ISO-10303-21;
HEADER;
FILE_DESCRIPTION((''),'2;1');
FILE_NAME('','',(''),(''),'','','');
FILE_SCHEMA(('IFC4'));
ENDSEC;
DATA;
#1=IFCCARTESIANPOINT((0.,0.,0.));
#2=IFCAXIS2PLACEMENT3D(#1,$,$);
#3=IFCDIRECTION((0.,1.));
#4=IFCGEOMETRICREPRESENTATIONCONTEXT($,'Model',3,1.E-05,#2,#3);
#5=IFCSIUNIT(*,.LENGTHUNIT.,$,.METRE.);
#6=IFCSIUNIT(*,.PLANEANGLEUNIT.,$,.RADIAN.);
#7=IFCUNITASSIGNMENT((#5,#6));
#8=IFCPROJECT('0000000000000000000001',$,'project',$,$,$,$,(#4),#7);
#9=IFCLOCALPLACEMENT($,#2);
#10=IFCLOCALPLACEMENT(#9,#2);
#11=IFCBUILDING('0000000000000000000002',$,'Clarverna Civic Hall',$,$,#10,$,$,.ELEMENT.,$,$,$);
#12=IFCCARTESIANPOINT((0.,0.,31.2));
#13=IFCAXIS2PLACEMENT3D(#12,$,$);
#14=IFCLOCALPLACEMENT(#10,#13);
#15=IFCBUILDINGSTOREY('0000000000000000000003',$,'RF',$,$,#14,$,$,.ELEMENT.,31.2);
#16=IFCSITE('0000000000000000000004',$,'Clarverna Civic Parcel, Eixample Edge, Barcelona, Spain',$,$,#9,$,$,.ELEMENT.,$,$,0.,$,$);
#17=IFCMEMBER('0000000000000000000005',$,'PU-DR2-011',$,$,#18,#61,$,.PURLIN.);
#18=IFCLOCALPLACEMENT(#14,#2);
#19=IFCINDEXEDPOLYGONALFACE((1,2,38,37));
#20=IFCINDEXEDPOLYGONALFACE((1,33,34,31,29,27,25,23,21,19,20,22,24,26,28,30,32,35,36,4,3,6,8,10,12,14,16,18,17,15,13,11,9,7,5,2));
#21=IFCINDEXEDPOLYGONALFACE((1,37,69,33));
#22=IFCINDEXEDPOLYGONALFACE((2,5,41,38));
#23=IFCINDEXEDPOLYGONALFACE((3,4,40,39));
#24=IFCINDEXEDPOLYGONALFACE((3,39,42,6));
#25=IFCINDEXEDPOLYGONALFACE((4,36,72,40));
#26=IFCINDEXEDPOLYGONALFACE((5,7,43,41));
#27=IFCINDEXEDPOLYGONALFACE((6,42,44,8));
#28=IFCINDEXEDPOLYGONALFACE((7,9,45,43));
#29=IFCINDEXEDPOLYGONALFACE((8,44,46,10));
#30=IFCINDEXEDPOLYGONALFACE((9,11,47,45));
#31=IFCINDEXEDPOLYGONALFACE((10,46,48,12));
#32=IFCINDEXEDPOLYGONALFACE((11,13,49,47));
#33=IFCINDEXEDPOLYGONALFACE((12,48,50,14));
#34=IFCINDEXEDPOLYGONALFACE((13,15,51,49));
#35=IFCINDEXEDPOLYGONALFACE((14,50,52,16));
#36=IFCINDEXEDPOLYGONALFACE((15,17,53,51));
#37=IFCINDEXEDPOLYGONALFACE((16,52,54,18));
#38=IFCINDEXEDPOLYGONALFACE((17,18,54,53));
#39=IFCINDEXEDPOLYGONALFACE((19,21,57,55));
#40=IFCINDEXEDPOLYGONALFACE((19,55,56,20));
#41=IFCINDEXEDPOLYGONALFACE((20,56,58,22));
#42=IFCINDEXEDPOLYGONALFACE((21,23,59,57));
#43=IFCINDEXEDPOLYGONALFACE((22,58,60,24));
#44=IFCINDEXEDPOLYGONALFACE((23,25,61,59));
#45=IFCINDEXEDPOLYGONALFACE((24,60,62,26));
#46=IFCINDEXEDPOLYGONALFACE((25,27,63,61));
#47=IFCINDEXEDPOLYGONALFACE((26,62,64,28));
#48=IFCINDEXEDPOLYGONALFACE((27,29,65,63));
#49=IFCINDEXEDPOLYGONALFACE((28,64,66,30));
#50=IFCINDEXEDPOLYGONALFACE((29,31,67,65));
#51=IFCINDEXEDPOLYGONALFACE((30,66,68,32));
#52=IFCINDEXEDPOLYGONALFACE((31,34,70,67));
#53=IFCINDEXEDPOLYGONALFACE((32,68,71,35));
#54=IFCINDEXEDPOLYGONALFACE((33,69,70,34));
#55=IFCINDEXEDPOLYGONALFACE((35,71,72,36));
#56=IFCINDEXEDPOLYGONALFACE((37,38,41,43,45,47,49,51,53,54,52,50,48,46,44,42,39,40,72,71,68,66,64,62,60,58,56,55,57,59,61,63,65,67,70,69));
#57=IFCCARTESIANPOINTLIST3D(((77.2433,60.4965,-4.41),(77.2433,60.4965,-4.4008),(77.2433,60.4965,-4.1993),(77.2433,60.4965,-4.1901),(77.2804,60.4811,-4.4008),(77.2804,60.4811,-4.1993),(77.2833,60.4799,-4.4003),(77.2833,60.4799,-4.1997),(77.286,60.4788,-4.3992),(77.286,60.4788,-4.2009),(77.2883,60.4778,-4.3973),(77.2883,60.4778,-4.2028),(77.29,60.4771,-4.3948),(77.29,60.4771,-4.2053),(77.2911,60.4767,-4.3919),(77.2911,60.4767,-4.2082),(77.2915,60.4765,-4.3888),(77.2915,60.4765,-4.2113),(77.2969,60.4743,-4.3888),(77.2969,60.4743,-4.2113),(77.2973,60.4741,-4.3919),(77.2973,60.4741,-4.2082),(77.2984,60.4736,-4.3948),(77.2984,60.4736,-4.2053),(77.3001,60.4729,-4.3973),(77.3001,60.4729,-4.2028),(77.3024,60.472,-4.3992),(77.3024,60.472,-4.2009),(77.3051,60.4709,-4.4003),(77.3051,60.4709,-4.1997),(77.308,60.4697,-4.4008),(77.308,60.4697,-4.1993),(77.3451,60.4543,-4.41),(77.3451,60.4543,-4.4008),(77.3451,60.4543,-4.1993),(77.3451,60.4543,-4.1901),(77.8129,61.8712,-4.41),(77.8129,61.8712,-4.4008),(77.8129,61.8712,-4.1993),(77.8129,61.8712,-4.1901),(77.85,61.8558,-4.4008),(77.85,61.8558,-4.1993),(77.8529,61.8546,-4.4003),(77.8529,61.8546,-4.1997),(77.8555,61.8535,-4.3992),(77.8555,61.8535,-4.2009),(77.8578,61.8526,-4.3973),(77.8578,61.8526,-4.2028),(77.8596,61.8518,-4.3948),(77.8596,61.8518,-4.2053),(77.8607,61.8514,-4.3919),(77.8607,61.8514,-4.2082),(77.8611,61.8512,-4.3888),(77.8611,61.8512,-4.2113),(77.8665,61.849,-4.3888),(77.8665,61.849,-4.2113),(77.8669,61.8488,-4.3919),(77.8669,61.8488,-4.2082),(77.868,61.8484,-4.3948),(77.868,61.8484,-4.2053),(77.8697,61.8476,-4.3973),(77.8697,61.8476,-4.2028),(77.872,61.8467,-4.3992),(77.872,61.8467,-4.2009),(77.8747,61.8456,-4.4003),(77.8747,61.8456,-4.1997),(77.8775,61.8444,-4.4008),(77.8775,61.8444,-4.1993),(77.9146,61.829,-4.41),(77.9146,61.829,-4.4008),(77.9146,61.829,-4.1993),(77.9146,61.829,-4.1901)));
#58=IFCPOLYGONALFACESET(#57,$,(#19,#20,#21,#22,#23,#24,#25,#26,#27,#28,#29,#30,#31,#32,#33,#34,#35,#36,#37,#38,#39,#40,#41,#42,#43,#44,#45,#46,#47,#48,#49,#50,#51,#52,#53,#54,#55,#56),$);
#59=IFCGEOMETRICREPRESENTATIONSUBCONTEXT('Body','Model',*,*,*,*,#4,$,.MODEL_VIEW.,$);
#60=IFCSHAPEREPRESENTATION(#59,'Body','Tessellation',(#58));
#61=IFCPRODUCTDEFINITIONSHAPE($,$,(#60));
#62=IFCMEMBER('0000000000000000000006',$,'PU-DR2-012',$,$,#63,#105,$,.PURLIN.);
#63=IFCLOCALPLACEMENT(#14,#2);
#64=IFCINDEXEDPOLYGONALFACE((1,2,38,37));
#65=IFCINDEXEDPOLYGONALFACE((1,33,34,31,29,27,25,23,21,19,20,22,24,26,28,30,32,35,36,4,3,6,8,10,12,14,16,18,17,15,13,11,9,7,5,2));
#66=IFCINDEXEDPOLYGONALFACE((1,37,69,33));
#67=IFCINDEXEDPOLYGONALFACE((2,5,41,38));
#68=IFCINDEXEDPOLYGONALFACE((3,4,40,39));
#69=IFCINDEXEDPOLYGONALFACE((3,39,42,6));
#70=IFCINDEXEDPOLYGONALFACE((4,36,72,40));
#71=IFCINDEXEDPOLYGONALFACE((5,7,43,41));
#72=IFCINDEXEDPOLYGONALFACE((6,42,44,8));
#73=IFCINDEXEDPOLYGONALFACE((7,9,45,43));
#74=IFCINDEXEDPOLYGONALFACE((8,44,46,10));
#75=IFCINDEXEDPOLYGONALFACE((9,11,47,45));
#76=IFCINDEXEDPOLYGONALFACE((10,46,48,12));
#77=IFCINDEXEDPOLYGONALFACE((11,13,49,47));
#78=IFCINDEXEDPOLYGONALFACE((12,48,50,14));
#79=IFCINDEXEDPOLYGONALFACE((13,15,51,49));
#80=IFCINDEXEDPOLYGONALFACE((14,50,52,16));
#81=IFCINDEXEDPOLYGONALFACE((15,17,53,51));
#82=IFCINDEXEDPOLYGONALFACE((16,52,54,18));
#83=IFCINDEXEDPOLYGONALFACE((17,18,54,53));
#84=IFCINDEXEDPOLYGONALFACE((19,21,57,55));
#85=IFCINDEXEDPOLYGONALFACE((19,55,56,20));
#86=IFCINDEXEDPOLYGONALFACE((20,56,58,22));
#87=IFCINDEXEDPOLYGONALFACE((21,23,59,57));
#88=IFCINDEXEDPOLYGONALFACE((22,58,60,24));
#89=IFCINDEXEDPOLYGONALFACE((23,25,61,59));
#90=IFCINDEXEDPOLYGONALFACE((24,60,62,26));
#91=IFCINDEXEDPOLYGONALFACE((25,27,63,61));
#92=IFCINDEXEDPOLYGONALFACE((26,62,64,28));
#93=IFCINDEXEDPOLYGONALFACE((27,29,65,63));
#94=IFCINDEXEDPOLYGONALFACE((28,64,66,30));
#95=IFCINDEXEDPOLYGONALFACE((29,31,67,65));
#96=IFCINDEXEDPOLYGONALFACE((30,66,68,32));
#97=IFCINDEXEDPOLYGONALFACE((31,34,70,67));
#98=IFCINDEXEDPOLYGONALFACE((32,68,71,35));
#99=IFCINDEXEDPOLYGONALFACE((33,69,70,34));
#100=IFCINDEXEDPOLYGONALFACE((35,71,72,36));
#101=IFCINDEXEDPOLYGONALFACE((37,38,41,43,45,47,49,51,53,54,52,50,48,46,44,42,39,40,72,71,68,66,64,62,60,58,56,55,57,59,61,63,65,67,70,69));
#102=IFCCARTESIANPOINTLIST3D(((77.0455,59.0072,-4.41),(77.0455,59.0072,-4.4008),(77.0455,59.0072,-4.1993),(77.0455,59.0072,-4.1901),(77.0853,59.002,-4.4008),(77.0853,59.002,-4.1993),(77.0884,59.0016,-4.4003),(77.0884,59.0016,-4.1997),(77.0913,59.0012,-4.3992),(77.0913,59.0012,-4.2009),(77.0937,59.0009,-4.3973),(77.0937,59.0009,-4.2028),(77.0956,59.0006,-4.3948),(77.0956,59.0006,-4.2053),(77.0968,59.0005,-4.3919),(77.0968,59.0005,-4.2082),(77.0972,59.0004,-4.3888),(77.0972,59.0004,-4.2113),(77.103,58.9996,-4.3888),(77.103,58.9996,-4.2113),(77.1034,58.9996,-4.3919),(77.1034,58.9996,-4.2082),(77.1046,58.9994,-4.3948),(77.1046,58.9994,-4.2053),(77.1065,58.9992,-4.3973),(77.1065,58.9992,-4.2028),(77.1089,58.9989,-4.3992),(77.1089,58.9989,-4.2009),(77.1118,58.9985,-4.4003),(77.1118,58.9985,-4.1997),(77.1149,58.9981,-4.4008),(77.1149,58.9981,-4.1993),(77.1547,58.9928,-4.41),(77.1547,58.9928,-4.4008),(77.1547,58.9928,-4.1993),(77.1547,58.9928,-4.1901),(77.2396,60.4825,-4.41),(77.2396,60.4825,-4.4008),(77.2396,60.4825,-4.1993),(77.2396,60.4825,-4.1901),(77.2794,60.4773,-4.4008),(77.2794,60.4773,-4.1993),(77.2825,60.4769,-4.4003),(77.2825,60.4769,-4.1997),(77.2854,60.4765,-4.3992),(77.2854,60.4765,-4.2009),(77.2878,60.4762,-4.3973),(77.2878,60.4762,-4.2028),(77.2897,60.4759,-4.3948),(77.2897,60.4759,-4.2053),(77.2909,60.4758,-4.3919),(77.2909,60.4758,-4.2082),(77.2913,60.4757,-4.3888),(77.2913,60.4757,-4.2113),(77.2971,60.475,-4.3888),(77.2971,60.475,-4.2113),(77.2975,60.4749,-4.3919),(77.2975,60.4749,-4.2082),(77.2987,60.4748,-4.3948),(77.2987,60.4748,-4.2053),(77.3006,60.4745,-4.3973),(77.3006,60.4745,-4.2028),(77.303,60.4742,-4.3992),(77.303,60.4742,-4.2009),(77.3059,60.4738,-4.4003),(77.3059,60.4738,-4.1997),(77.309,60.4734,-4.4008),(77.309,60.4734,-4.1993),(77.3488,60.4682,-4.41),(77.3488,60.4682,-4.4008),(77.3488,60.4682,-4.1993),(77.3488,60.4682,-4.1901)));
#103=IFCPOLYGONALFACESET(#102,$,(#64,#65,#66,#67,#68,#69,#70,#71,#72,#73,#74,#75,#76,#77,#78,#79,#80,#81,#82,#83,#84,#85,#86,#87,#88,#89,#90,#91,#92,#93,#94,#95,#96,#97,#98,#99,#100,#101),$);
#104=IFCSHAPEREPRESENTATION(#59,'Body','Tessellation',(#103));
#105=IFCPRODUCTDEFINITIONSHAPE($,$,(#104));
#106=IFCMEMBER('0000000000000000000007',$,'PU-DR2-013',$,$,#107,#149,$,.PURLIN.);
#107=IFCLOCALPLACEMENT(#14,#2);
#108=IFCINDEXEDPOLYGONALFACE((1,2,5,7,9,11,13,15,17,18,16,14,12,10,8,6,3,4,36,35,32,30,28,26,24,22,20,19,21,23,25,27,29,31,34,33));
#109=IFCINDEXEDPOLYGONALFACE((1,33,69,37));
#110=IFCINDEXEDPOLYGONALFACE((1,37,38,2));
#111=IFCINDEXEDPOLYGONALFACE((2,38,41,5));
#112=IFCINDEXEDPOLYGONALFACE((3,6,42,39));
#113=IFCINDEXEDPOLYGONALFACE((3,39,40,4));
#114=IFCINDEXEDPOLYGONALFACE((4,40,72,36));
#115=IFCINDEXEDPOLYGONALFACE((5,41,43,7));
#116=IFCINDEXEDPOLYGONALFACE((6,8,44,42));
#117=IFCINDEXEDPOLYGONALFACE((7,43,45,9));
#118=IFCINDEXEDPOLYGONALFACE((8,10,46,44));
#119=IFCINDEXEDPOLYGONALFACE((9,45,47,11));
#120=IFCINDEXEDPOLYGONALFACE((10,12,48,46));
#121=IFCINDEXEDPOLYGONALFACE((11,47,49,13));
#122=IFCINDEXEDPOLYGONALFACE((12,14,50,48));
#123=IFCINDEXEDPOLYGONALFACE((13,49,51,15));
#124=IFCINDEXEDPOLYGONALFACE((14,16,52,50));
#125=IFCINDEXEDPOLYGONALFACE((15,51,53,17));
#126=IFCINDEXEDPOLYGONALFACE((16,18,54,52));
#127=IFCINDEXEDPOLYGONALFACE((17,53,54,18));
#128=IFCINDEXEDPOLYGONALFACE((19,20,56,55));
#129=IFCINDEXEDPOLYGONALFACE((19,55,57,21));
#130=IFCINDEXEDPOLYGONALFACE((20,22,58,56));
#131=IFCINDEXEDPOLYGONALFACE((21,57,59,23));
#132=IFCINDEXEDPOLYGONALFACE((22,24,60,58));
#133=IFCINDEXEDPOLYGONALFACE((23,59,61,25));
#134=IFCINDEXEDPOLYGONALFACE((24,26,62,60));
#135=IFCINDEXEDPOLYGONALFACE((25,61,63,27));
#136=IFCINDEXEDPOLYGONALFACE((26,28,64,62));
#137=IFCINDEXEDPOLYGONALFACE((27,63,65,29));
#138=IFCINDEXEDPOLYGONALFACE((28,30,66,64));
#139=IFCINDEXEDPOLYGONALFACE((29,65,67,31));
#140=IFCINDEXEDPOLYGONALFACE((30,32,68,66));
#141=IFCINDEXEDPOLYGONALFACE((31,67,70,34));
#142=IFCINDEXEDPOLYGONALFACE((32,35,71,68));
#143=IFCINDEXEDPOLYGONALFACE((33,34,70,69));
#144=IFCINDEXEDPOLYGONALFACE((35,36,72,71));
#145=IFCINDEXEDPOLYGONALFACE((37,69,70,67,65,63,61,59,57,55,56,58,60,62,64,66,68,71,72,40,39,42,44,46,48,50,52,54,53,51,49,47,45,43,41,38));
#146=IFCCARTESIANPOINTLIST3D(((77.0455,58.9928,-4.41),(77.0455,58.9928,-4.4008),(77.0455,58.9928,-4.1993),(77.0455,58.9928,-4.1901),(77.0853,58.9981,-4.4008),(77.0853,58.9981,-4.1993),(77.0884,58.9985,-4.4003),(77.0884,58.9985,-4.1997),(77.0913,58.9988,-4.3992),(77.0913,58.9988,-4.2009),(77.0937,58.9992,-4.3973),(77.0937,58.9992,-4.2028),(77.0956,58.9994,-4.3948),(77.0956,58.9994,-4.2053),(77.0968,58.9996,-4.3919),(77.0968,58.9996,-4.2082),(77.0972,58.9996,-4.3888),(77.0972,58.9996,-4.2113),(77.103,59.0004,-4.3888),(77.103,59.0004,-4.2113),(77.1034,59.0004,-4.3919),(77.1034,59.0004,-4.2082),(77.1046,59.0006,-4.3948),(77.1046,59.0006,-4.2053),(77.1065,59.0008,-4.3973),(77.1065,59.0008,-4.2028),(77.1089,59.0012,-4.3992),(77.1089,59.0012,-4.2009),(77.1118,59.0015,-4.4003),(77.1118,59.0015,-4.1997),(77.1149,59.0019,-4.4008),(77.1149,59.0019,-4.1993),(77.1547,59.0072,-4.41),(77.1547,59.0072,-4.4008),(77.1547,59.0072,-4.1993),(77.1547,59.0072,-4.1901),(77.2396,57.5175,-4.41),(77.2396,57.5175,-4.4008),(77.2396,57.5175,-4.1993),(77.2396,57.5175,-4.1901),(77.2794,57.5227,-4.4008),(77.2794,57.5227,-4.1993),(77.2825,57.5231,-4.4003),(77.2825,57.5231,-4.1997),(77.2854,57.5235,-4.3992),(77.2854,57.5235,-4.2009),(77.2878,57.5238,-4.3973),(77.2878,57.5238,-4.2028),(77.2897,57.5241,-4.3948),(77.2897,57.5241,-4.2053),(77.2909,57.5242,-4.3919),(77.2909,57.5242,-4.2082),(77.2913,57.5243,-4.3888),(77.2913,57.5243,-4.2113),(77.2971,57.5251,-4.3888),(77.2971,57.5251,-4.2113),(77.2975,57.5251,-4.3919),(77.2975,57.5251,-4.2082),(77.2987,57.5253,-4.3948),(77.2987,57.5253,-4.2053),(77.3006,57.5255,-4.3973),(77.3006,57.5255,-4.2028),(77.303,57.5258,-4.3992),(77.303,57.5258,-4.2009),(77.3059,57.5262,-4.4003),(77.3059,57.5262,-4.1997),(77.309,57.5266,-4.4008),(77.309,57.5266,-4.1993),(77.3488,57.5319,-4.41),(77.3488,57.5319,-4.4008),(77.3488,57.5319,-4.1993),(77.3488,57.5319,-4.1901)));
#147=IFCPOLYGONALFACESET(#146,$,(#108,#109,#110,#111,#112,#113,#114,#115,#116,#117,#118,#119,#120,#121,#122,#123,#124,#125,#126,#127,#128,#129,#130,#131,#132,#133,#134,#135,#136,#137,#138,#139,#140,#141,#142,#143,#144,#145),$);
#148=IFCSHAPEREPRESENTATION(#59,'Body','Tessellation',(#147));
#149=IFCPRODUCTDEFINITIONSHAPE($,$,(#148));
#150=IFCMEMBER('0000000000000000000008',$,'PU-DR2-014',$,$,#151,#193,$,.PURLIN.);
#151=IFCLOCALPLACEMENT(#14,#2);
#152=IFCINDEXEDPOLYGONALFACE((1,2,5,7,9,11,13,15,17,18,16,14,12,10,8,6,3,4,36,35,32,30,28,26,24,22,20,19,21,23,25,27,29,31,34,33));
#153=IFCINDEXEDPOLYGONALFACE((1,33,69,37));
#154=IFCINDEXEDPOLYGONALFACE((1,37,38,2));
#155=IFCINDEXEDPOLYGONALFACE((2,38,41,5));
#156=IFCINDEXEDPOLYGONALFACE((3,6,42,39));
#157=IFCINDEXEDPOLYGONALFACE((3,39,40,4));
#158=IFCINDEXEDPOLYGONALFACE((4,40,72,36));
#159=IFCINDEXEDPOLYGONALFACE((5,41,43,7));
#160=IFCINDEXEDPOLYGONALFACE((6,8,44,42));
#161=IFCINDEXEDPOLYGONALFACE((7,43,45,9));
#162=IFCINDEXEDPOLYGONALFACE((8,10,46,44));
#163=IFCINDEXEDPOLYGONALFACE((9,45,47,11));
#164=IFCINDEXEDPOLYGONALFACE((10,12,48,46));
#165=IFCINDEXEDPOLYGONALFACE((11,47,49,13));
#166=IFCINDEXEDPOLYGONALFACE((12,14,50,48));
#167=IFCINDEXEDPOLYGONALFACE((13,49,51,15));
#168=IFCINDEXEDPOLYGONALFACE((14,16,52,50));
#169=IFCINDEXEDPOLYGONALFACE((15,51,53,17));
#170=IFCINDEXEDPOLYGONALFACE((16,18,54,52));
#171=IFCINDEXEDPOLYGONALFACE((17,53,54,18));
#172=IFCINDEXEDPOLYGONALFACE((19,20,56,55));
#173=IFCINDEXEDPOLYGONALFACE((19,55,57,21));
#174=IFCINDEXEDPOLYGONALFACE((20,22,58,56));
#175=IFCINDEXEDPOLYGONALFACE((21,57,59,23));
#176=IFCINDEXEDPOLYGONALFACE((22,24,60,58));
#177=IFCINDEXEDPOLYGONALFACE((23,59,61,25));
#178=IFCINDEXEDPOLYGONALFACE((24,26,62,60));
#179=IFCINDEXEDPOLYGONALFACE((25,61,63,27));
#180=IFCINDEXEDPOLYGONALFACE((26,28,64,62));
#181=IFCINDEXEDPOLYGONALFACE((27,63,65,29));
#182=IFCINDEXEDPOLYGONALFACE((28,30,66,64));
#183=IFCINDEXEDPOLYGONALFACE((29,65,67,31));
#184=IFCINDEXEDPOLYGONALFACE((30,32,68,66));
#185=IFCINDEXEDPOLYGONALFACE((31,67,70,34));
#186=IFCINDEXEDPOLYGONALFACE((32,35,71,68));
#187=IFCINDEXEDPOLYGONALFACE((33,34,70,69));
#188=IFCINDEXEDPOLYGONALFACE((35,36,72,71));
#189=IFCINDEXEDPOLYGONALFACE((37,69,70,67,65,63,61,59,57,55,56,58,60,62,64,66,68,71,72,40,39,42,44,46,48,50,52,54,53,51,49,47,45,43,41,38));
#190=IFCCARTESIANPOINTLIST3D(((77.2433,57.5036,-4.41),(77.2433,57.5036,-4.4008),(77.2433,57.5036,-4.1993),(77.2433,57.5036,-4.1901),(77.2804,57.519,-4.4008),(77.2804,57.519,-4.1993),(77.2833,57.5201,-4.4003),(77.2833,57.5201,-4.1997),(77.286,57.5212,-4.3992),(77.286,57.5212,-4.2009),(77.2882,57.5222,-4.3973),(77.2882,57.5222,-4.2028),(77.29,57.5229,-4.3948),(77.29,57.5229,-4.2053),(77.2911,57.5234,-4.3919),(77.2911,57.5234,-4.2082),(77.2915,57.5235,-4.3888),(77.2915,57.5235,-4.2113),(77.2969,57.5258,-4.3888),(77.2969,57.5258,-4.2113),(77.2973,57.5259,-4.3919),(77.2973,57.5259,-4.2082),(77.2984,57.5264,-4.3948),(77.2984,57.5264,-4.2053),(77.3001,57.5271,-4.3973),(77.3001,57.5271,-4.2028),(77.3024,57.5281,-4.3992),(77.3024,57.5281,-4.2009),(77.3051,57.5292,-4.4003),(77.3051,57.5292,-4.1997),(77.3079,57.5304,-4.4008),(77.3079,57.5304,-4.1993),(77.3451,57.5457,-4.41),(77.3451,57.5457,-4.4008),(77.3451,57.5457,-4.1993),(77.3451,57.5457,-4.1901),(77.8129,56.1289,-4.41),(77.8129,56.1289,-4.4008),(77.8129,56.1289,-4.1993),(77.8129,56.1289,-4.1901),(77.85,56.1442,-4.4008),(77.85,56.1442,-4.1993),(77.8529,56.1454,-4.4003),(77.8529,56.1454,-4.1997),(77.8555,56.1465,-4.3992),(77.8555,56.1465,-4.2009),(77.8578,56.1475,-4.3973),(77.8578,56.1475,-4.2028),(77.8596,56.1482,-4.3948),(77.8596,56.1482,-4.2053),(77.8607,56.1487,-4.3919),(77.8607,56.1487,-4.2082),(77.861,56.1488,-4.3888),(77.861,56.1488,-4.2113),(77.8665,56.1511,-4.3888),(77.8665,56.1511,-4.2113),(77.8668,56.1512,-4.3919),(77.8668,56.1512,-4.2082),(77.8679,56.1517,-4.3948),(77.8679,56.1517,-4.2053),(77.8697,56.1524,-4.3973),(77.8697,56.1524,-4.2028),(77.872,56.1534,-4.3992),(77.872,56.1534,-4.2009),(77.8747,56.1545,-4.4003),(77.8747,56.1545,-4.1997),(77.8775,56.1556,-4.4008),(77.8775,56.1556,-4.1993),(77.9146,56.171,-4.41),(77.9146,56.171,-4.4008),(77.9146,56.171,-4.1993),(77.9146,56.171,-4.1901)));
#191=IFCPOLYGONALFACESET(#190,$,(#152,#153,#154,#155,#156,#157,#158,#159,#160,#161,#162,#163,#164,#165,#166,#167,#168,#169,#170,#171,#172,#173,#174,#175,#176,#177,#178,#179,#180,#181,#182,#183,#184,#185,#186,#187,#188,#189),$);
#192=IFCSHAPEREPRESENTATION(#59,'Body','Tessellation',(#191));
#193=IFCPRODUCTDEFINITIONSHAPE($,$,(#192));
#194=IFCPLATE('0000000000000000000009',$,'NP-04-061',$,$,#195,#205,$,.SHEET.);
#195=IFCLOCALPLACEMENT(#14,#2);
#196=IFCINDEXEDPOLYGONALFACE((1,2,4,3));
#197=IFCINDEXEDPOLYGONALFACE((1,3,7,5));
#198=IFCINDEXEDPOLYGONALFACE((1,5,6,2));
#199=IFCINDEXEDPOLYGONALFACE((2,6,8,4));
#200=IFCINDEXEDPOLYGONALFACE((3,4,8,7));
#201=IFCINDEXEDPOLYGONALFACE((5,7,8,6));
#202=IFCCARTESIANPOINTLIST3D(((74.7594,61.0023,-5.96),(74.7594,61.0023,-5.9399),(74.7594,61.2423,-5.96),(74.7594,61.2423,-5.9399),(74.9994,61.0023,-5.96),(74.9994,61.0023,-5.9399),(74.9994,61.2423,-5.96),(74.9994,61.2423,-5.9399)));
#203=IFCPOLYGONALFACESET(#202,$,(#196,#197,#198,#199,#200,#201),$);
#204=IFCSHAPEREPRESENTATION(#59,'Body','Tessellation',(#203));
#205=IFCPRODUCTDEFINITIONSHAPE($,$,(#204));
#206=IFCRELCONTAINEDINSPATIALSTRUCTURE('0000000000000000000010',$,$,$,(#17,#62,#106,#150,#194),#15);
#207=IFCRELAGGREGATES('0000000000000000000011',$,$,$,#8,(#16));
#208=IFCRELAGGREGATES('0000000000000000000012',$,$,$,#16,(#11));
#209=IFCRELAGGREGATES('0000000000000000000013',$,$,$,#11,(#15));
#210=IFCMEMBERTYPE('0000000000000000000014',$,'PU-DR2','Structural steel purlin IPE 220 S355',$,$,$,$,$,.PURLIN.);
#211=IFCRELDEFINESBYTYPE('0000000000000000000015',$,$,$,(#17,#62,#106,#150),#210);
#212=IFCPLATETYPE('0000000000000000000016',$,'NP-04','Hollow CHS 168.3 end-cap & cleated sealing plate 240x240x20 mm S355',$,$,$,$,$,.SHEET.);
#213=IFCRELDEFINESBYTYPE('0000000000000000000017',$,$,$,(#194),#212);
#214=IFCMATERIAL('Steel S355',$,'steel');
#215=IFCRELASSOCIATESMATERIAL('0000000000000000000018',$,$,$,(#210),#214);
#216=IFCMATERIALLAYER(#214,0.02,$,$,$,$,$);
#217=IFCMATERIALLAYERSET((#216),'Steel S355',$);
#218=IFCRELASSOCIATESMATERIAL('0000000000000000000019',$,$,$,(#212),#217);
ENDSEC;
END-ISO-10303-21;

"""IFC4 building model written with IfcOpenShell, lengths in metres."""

from ifc_helpers import new_model, si_unit, direction, frame, origin, origin_2d, place, context, subcontext, project, spatial, rectangle, i_section, extrude, material, layer, layer_set, material_profile, profile_set, type_object, element, save


model = new_model("IFC4")

# Units and contexts
model_context = context("Model", 3, precision=1e-05, world=origin(), true_north=direction((0.0, 1.0)))
body_context = subcontext(model_context, "Body", "Model", "MODEL_VIEW")
ifc_project = project(units=[si_unit("LENGTHUNIT", "METRE"), si_unit("PLANEANGLEUNIT", "RADIAN")], contexts=[model_context])

# Site, building, storey
site_placement = place(None, origin())
site = spatial("IfcSite", under=ifc_project, at=site_placement, Name="Clarverna Civic Parcel, Eixample Edge, Barcelona, Spain", CompositionType="ELEMENT", RefElevation=0.0)
building_placement = place(site_placement, origin())
building = spatial("IfcBuilding", under=site, at=building_placement, Name="Clarverna Civic Hall", CompositionType="ELEMENT")
storey_placement = place(building_placement, frame((0.0, 0.0, 31.2)))
storey = spatial("IfcBuildingStorey", under=building, at=storey_placement, Name="RF", CompositionType="ELEMENT", Elevation=31.2)

# Members
ifc_material_1 = material(Name="Steel S355", Category="steel")
ifc_material_profile_1 = material_profile(ifc_material_1, i_section(OverallWidth=0.1101, OverallDepth=0.22, WebThickness=0.0059, FlangeThickness=0.0093, FilletRadius=0.012, at=origin_2d()), Name="IPE 220")
ifc_profile_set_1 = profile_set([ifc_material_profile_1], Name="Steel S355")
member_type_1 = type_object("IfcMemberType", Name="PU-DR2", Description="Structural steel purlin IPE 220 S355", PredefinedType="PURLIN", material=ifc_profile_set_1)
for number, where, z_axis, x_axis, name in (
    (1, (77.8638, 61.8501, -4.3), (-0.382762, -0.923847, 0.0), (0.923847, -0.382762, 0.0), "PU-DR2-011"),
    (2, (77.2942, 60.4753, -4.3), (-0.130433, -0.991457, 0.0), (0.991457, -0.130433, 0.0), "PU-DR2-012"),
    (3, (77.1001, 59.0, -4.3), (0.130433, -0.991457, 0.0), (0.991457, 0.130433, 0.0), "PU-DR2-013"),
    (4, (77.2942, 57.5247, -4.3), (0.382762, -0.923847, 0.0), (0.923847, 0.382762, 0.0), "PU-DR2-014"),
):
    element("IfcMember", number, at=place(storey_placement, frame(where, z_axis=z_axis, x_axis=x_axis)), inside=storey, type_object=member_type_1, Name=name, PredefinedType="PURLIN", context=body_context, shape_type="SweptSolid", body=[
        extrude(i_section(OverallWidth=0.1101, OverallDepth=0.22, WebThickness=0.0059, FlangeThickness=0.0093, FilletRadius=0.012, at=origin_2d()), origin(), (0.0, 0.0, 1.0), 1.488),
    ])

# Plate
ifc_layer_1 = layer(ifc_material_1, 0.02)
ifc_layer_set_1 = layer_set([ifc_layer_1], Name="Steel S355")
plate_type = type_object("IfcPlateType", Name="NP-04", Description="Hollow CHS 168.3 end-cap & cleated sealing plate 240x240x20 mm S355", PredefinedType="SHEET", material=ifc_layer_set_1)
for number, where, z_axis, x_axis, name in (
    (5, (74.8794, 61.1223, -5.96), (0.0, 0.0, 1.0), (1.0, 0.0, 0.0), "NP-04-061"),
):
    element("IfcPlate", number, at=place(storey_placement, frame(where, z_axis=z_axis, x_axis=x_axis)), inside=storey, type_object=plate_type, Name=name, PredefinedType="SHEET", context=body_context, shape_type="SweptSolid", body=[
        extrude(rectangle(XDim=0.24, YDim=0.24, at=origin_2d()), origin(), (0.0, 0.0, 1.0), 0.02),
    ])

save(model, "model.ifc")
